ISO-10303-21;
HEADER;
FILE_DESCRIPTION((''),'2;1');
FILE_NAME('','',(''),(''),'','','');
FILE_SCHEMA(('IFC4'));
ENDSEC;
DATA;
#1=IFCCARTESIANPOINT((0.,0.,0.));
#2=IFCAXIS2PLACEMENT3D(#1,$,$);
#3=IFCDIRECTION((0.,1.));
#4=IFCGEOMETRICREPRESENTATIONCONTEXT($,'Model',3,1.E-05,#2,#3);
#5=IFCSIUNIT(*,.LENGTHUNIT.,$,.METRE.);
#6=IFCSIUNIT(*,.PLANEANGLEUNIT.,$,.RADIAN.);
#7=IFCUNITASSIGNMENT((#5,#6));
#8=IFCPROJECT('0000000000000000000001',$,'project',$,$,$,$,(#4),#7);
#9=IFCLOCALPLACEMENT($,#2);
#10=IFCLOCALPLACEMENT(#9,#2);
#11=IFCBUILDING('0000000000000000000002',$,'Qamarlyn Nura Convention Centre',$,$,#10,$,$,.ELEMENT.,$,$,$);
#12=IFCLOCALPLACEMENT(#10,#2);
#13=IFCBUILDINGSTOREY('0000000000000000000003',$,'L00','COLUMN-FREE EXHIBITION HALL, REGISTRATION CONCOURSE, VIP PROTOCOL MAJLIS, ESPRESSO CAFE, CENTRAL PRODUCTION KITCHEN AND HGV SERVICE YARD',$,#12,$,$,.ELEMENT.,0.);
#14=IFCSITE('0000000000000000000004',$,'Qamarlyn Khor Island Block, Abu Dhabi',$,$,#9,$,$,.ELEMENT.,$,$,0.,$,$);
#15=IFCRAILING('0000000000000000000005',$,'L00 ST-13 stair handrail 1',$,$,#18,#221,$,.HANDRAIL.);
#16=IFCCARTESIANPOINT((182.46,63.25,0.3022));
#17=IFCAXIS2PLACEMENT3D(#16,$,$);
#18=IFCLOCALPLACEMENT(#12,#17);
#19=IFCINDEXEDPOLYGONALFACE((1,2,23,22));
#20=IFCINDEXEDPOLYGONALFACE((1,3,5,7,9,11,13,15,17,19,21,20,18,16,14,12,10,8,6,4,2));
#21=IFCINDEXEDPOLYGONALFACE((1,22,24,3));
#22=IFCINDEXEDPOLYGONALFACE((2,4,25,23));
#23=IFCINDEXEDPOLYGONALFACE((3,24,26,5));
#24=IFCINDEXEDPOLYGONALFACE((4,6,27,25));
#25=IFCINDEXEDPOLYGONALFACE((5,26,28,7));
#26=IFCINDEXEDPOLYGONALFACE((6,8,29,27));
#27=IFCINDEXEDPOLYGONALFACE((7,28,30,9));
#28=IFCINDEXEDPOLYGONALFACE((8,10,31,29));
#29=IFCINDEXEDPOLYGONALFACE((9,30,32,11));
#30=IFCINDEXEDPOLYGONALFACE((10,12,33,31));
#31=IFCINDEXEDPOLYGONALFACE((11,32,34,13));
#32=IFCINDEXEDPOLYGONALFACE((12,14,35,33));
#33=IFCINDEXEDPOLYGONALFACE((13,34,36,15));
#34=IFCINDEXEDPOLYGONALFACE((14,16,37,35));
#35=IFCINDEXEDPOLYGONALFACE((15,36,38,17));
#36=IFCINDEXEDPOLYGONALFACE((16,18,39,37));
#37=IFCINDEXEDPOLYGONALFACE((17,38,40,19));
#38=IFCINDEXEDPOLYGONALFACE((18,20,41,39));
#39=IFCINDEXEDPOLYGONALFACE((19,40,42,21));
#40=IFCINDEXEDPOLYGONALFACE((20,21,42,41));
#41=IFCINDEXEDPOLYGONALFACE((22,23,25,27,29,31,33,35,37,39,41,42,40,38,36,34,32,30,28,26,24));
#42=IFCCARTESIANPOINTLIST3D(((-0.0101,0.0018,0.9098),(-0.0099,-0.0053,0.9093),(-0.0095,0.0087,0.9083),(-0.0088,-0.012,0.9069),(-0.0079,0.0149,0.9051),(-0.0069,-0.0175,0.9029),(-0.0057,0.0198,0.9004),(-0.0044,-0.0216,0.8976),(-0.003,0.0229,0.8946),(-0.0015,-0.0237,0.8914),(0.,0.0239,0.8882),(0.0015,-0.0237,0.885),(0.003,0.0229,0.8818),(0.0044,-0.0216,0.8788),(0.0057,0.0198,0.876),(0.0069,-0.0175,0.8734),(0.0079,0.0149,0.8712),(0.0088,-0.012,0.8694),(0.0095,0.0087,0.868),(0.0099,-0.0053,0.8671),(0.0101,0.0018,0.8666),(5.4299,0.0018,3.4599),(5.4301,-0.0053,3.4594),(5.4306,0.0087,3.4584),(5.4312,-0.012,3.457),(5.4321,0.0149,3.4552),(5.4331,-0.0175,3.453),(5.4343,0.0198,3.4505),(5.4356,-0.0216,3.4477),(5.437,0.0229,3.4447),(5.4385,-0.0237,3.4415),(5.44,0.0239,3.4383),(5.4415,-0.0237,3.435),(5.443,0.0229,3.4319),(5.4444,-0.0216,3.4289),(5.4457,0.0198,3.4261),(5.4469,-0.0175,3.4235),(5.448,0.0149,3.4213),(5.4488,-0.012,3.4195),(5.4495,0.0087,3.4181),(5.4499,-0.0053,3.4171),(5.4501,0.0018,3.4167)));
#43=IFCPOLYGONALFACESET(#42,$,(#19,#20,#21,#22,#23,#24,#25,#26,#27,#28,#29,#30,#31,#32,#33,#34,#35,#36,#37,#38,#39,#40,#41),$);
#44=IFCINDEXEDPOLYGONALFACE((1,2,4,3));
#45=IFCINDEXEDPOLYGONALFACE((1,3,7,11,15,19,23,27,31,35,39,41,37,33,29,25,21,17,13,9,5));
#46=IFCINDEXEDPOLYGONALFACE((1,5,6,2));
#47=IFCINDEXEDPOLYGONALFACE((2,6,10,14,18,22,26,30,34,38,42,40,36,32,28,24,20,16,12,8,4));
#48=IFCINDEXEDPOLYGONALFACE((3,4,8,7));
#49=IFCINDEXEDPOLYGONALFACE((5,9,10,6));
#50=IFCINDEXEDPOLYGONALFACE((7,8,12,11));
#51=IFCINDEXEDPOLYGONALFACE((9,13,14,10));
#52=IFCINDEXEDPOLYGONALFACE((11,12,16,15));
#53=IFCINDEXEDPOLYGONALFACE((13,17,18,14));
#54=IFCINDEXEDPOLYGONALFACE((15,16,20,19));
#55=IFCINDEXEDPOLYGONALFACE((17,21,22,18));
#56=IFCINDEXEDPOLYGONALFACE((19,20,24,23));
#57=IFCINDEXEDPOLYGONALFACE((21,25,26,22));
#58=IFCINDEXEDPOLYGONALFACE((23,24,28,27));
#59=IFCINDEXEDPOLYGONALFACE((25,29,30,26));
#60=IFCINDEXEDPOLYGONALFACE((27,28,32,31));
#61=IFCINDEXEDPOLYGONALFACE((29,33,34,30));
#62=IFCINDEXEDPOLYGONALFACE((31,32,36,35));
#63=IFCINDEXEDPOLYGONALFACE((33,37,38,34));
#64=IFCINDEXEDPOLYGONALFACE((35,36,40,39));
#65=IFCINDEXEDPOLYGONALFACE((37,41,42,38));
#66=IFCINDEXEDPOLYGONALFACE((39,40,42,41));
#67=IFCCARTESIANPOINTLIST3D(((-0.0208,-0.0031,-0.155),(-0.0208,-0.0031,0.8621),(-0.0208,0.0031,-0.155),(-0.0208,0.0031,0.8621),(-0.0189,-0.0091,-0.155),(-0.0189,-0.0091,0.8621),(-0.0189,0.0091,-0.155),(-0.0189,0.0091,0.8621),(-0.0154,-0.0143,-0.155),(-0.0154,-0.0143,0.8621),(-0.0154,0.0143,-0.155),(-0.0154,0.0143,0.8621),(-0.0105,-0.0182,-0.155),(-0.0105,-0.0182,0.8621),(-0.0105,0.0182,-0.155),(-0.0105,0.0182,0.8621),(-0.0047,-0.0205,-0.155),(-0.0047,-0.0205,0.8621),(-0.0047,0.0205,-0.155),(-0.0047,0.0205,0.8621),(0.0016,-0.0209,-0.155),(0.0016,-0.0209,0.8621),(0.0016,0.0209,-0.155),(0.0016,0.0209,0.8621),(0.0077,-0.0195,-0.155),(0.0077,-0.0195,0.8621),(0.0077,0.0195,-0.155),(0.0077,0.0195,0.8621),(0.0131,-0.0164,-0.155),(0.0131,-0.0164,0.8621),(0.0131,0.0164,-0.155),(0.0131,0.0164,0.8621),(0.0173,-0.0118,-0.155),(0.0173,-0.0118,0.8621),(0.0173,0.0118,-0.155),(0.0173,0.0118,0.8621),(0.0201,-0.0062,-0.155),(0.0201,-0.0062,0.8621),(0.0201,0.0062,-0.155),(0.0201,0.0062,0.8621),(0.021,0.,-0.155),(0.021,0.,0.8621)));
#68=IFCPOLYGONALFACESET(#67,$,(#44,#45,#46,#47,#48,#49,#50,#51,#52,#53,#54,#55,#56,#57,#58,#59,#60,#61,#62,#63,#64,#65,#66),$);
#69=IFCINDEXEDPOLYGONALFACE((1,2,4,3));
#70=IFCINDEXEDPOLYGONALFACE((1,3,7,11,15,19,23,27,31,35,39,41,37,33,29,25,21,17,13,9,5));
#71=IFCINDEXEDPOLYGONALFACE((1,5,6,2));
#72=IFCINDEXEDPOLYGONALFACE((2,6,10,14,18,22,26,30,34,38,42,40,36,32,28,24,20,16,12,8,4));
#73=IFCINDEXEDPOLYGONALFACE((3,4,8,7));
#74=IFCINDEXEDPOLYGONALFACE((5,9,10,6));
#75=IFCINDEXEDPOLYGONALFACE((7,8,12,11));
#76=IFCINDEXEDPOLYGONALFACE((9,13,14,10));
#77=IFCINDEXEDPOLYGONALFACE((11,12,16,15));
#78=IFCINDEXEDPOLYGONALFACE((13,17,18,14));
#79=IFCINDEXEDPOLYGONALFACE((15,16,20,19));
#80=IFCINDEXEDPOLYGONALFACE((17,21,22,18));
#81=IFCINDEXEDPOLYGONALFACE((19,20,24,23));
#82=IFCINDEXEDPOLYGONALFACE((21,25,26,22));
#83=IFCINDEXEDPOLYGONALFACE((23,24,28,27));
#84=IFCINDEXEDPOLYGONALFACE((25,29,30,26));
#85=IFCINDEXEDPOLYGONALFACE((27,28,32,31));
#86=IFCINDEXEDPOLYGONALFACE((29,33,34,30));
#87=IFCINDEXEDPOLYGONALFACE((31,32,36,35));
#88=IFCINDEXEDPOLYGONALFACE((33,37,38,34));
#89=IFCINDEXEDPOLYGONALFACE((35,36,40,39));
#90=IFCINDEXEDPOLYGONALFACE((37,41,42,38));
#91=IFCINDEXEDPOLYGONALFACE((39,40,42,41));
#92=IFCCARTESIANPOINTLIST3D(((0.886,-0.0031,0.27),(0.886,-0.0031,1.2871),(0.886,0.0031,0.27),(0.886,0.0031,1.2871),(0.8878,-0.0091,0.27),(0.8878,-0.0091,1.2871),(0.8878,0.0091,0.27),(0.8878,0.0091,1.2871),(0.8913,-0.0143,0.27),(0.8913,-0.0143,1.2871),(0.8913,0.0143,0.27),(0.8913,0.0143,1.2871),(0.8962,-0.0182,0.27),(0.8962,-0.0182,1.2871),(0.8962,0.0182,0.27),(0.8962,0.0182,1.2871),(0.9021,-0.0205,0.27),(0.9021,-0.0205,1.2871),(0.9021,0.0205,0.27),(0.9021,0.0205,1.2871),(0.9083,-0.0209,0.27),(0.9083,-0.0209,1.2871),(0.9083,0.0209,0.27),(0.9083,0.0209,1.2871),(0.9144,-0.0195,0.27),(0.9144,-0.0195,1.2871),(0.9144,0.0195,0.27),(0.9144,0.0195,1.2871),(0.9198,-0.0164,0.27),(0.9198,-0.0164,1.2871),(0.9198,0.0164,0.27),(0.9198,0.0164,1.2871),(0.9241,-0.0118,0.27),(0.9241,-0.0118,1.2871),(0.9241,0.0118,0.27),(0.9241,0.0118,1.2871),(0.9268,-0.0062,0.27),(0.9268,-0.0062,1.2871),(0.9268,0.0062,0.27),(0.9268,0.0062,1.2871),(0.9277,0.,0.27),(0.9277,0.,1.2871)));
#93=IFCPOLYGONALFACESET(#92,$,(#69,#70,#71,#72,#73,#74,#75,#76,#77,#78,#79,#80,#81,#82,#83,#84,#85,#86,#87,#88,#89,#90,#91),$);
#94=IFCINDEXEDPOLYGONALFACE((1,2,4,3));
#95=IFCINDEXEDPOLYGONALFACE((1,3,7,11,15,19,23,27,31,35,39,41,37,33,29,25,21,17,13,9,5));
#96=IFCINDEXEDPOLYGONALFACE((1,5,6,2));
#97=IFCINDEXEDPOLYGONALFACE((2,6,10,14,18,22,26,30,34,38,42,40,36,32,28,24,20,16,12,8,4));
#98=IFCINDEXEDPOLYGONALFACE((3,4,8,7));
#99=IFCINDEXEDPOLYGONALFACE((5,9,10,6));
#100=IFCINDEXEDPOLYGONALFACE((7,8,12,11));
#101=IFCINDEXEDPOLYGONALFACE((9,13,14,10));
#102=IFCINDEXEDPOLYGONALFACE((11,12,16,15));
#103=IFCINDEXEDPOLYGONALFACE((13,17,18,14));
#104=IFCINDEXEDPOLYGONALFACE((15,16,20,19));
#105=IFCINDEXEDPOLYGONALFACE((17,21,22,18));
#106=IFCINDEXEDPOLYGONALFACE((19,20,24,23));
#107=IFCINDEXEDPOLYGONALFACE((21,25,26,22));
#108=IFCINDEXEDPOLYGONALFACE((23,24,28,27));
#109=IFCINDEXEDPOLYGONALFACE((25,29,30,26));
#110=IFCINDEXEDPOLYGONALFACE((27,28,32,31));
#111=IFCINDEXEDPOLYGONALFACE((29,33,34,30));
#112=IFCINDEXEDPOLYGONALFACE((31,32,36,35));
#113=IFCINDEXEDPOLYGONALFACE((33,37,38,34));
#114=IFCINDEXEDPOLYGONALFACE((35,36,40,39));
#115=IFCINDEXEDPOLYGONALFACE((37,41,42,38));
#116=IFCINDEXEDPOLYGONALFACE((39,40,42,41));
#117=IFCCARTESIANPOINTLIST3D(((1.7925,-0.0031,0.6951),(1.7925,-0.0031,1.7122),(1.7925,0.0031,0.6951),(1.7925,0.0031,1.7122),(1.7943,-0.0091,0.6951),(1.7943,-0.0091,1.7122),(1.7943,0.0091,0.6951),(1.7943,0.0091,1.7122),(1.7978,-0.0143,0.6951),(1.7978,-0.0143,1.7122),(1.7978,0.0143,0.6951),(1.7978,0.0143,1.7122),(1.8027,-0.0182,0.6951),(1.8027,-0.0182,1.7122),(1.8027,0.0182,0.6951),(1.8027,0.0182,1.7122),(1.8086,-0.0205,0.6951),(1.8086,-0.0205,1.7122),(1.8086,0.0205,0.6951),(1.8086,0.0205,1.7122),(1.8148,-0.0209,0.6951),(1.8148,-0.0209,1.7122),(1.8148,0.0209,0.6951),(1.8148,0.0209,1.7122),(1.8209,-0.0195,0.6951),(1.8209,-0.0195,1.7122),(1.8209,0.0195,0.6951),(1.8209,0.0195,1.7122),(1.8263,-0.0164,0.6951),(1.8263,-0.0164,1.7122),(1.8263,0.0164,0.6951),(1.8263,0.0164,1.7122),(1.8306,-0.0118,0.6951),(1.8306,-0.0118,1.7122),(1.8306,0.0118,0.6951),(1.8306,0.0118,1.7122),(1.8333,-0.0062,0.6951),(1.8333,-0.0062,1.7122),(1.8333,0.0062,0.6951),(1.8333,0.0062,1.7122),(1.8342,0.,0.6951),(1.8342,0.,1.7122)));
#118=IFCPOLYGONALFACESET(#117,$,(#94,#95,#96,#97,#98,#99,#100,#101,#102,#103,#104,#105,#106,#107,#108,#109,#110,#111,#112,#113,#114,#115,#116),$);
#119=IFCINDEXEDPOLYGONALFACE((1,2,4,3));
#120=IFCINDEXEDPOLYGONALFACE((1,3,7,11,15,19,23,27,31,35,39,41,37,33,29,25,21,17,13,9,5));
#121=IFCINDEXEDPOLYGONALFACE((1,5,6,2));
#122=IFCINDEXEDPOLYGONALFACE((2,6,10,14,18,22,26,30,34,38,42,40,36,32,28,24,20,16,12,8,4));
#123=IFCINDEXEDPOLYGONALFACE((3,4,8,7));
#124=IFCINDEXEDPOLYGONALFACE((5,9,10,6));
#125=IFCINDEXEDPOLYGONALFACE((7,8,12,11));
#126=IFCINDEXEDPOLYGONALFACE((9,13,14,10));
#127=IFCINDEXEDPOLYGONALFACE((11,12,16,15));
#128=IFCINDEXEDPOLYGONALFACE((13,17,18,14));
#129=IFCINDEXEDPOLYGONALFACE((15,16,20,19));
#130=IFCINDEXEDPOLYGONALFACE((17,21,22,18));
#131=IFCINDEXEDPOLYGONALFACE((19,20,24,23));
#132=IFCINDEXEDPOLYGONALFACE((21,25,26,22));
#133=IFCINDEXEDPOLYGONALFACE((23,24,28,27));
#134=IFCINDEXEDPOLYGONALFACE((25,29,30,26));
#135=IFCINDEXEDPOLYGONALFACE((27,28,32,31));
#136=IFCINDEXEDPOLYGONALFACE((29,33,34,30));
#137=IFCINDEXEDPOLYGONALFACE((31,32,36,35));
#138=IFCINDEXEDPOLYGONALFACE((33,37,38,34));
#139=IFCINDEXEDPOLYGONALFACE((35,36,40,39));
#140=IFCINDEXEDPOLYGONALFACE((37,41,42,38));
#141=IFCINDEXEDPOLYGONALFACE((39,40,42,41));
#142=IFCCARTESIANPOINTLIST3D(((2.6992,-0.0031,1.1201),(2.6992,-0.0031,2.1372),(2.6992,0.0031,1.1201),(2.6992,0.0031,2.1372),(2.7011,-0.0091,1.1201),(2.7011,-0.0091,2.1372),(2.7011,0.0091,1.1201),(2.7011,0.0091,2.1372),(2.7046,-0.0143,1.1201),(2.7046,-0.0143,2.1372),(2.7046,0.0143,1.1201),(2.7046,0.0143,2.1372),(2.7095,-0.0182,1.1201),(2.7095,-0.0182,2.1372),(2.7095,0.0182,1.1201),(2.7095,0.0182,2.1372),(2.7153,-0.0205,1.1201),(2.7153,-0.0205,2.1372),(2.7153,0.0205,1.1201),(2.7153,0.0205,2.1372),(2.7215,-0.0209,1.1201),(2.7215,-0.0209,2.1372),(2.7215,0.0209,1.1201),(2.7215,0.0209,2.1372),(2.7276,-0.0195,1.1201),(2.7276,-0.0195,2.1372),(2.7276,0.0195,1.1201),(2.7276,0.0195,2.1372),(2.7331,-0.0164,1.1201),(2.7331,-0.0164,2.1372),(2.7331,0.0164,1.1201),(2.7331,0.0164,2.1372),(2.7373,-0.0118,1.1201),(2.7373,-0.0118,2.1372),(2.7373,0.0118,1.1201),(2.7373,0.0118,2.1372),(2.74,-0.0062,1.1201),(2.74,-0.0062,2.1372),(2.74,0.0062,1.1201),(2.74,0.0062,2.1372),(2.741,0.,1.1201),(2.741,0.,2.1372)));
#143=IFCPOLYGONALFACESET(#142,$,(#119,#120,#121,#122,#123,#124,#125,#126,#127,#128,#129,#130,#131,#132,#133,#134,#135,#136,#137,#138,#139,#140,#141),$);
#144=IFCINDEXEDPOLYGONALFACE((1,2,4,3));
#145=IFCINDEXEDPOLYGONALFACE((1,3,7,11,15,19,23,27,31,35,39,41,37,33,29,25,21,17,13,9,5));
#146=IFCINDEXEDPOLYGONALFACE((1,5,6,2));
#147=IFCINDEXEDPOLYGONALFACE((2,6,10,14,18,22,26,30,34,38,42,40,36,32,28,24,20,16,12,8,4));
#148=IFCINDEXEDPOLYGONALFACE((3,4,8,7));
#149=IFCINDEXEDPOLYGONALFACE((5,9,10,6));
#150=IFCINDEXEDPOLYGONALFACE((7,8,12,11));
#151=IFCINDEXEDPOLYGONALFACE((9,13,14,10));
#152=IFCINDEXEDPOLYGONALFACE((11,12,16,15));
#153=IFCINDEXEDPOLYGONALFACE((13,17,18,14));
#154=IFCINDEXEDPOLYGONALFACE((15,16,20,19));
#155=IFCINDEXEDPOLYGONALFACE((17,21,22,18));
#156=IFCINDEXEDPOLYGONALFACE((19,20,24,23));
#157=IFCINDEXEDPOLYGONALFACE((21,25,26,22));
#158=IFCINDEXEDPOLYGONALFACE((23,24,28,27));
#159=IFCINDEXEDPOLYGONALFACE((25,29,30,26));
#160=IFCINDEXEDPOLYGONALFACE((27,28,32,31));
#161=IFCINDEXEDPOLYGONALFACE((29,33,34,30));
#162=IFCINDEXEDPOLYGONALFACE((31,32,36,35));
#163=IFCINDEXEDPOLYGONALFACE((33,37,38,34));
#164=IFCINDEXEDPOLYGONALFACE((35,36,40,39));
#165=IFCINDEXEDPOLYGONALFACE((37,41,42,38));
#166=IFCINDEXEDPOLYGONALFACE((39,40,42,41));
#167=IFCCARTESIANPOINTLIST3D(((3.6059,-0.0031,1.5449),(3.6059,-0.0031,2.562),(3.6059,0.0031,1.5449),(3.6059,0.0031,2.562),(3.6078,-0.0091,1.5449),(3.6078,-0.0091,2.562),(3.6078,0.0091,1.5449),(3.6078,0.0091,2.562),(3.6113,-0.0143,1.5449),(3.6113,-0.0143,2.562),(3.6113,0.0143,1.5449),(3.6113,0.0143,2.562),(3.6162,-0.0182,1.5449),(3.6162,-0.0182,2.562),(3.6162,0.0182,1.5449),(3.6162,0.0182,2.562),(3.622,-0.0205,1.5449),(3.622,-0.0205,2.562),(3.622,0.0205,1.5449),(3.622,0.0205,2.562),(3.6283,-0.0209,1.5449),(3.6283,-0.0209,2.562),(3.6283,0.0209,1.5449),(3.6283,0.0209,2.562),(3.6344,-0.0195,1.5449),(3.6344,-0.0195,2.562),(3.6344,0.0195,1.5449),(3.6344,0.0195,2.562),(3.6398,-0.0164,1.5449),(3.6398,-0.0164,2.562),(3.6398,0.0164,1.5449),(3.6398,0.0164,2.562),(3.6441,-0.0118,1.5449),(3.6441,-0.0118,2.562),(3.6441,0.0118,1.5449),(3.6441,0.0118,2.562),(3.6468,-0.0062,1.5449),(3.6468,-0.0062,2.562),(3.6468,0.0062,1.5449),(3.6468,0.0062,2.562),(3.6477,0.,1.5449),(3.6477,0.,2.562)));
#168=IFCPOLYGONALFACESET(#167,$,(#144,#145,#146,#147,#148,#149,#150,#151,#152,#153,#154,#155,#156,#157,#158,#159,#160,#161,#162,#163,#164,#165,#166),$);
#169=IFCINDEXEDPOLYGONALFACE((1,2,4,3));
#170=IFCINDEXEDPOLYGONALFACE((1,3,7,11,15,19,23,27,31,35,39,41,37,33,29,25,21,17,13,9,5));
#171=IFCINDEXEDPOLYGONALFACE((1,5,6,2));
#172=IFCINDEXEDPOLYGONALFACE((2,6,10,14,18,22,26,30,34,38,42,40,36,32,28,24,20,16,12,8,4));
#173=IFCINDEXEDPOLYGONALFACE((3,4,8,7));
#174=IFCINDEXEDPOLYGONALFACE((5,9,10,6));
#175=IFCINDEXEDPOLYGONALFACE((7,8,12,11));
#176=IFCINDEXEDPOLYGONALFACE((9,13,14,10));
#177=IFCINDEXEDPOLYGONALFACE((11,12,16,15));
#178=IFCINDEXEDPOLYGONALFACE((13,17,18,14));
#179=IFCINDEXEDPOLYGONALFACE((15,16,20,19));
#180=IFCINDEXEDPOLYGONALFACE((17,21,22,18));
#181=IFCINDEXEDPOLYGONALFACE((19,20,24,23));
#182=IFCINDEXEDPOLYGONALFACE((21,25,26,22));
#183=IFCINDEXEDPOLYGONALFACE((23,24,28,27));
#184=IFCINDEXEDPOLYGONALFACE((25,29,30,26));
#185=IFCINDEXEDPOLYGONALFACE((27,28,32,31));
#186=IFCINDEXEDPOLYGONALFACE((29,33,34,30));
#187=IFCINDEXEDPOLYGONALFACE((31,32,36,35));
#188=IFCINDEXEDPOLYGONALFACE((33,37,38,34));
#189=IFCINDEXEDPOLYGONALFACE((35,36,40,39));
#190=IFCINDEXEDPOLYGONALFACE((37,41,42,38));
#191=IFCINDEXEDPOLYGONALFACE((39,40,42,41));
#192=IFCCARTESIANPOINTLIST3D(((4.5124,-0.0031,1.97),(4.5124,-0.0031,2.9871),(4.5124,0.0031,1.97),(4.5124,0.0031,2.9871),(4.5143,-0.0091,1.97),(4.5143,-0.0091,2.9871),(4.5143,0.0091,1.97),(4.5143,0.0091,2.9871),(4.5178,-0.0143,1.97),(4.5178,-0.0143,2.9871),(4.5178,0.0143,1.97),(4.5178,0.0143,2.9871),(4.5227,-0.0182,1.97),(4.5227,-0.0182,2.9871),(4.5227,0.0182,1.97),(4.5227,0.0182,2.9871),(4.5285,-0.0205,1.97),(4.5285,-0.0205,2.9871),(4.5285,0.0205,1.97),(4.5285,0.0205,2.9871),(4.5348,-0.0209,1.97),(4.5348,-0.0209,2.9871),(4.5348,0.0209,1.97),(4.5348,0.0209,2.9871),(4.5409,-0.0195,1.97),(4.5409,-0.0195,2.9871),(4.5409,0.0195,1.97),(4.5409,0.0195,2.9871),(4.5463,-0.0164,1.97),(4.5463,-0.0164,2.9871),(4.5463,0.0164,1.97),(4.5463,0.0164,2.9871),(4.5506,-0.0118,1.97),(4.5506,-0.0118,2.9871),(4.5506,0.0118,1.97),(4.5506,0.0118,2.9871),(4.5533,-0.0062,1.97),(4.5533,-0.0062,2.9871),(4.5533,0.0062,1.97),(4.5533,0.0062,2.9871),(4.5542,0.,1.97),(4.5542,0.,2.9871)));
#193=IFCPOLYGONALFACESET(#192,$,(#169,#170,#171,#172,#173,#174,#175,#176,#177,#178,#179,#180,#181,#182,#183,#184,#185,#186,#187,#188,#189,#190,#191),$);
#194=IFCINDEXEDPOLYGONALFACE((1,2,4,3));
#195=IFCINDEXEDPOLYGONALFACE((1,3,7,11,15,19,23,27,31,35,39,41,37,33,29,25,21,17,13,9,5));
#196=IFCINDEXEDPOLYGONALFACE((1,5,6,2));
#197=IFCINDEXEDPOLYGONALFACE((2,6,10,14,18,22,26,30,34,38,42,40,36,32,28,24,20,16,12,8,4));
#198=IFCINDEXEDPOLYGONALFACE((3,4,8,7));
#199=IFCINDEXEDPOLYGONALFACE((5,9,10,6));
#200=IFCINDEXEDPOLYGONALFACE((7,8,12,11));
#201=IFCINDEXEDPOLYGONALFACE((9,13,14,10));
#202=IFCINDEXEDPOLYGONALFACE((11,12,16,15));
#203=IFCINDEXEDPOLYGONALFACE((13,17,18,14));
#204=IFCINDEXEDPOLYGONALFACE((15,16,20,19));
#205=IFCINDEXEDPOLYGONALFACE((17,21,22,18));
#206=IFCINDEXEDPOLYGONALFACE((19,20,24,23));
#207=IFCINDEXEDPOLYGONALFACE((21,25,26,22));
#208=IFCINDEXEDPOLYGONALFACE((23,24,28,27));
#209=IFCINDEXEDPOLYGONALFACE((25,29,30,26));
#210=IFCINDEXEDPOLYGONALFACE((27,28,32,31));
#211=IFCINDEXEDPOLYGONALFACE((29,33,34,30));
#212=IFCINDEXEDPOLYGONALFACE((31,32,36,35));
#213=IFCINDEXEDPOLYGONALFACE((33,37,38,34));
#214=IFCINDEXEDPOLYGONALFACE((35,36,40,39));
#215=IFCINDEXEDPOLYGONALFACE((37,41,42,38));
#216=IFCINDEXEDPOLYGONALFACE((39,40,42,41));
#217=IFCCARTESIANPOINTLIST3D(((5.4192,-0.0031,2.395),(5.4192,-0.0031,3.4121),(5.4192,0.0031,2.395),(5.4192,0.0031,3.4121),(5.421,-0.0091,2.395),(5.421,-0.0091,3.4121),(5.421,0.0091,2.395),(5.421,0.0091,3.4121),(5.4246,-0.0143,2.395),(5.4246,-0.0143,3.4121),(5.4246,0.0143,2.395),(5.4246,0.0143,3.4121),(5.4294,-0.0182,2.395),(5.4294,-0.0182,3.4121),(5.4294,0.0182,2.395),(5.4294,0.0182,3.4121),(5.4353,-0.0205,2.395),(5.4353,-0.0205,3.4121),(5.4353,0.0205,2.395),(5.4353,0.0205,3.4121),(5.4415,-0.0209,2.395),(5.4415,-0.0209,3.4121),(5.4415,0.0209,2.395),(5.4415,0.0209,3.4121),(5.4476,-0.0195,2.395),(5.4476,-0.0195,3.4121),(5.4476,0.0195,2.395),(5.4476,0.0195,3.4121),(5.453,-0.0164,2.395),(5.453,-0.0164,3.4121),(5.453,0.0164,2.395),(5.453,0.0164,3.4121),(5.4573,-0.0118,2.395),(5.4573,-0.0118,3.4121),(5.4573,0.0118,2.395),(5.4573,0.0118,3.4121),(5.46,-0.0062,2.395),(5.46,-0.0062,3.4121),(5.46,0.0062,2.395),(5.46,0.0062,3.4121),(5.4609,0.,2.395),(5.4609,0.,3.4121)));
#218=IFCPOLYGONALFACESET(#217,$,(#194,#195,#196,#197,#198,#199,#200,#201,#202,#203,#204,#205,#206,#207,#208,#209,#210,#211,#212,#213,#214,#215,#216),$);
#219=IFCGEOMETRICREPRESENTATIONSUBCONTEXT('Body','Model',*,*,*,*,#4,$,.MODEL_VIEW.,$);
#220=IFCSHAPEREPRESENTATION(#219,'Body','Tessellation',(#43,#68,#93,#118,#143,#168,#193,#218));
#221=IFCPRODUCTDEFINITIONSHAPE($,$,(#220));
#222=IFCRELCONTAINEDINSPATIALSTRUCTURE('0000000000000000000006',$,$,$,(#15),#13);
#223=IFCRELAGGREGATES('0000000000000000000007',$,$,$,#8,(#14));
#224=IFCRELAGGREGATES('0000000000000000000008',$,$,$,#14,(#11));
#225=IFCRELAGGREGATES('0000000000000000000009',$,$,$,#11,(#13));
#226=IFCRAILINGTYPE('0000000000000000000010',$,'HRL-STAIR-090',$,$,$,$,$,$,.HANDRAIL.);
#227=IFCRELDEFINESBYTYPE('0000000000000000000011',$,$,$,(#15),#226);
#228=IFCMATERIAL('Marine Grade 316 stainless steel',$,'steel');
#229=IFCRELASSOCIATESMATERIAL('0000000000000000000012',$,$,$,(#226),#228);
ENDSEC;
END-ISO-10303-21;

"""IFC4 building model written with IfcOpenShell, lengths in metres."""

from ifc_helpers import new_model, si_unit, direction, frame, origin, origin_2d, place, context, subcontext, project, spatial, circle, extrude, material, type_object, element, save


model = new_model("IFC4")

# Units and contexts
model_context = context("Model", 3, precision=1e-05, world=origin(), true_north=direction((0.0, 1.0)))
body_context = subcontext(model_context, "Body", "Model", "MODEL_VIEW")
ifc_project = project(units=[si_unit("LENGTHUNIT", "METRE"), si_unit("PLANEANGLEUNIT", "RADIAN")], contexts=[model_context])

# Site, building, storey
site_placement = place(None, origin())
site = spatial("IfcSite", under=ifc_project, at=site_placement, Name="Qamarlyn Khor Island Block, Abu Dhabi", CompositionType="ELEMENT", RefElevation=0.0)
building_placement = place(site_placement, origin())
building = spatial("IfcBuilding", under=site, at=building_placement, Name="Qamarlyn Nura Convention Centre", CompositionType="ELEMENT")
storey_placement = place(building_placement, origin())
storey = spatial("IfcBuildingStorey", under=building, at=storey_placement, Name="L00", Description="COLUMN-FREE EXHIBITION HALL, REGISTRATION CONCOURSE, VIP PROTOCOL MAJLIS, ESPRESSO CAFE, CENTRAL PRODUCTION KITCHEN AND HGV SERVICE YARD", CompositionType="ELEMENT", Elevation=0.0)

# Shared definitions
ifc_material_1 = material(Name="Marine Grade 316 stainless steel", Category="steel")

# Railing
railing_type_1 = type_object("IfcRailingType", Name="HRL-STAIR-090", PredefinedType="HANDRAIL", material=ifc_material_1)
railing_1_placement = place(storey_placement, frame((182.46, 63.25, 0.3022)))
element("IfcRailing", 1, at=railing_1_placement, inside=storey, type_object=railing_type_1, Name="L00 ST-13 stair handrail 1", PredefinedType="HANDRAIL", context=body_context, shape_type="SweptSolid", body=[
    extrude(circle(Radius=0.0239, at=origin_2d()), frame((0.0, 0.0, 0.8882), z_axis=(0.905454, 0.0, 0.424444), x_axis=(0.0, 1.0, 0.0)), (0.0, 0.0, 1.0), 6.0081),
    extrude(circle(Radius=0.021, at=origin_2d()), frame((0.0, 0.0, -0.155)), (0.0, 0.0, 1.0), 1.0171),
    extrude(circle(Radius=0.021, at=origin_2d()), frame((0.9067, 0.0, 0.27)), (0.0, 0.0, 1.0), 1.0171),
    extrude(circle(Radius=0.021, at=origin_2d()), frame((1.8132, 0.0, 0.6951)), (0.0, 0.0, 1.0), 1.0171),
    extrude(circle(Radius=0.021, at=origin_2d()), frame((2.72, 0.0, 1.1201)), (0.0, 0.0, 1.0), 1.0171),
    extrude(circle(Radius=0.021, at=origin_2d()), frame((3.6267, 0.0, 1.5449)), (0.0, 0.0, 1.0), 1.0171),
    extrude(circle(Radius=0.021, at=origin_2d()), frame((4.5332, 0.0, 1.97)), (0.0, 0.0, 1.0), 1.0171),
    extrude(circle(Radius=0.021, at=origin_2d()), frame((5.4399, 0.0, 2.395)), (0.0, 0.0, 1.0), 1.0171),
])

save(model, "model.ifc")
